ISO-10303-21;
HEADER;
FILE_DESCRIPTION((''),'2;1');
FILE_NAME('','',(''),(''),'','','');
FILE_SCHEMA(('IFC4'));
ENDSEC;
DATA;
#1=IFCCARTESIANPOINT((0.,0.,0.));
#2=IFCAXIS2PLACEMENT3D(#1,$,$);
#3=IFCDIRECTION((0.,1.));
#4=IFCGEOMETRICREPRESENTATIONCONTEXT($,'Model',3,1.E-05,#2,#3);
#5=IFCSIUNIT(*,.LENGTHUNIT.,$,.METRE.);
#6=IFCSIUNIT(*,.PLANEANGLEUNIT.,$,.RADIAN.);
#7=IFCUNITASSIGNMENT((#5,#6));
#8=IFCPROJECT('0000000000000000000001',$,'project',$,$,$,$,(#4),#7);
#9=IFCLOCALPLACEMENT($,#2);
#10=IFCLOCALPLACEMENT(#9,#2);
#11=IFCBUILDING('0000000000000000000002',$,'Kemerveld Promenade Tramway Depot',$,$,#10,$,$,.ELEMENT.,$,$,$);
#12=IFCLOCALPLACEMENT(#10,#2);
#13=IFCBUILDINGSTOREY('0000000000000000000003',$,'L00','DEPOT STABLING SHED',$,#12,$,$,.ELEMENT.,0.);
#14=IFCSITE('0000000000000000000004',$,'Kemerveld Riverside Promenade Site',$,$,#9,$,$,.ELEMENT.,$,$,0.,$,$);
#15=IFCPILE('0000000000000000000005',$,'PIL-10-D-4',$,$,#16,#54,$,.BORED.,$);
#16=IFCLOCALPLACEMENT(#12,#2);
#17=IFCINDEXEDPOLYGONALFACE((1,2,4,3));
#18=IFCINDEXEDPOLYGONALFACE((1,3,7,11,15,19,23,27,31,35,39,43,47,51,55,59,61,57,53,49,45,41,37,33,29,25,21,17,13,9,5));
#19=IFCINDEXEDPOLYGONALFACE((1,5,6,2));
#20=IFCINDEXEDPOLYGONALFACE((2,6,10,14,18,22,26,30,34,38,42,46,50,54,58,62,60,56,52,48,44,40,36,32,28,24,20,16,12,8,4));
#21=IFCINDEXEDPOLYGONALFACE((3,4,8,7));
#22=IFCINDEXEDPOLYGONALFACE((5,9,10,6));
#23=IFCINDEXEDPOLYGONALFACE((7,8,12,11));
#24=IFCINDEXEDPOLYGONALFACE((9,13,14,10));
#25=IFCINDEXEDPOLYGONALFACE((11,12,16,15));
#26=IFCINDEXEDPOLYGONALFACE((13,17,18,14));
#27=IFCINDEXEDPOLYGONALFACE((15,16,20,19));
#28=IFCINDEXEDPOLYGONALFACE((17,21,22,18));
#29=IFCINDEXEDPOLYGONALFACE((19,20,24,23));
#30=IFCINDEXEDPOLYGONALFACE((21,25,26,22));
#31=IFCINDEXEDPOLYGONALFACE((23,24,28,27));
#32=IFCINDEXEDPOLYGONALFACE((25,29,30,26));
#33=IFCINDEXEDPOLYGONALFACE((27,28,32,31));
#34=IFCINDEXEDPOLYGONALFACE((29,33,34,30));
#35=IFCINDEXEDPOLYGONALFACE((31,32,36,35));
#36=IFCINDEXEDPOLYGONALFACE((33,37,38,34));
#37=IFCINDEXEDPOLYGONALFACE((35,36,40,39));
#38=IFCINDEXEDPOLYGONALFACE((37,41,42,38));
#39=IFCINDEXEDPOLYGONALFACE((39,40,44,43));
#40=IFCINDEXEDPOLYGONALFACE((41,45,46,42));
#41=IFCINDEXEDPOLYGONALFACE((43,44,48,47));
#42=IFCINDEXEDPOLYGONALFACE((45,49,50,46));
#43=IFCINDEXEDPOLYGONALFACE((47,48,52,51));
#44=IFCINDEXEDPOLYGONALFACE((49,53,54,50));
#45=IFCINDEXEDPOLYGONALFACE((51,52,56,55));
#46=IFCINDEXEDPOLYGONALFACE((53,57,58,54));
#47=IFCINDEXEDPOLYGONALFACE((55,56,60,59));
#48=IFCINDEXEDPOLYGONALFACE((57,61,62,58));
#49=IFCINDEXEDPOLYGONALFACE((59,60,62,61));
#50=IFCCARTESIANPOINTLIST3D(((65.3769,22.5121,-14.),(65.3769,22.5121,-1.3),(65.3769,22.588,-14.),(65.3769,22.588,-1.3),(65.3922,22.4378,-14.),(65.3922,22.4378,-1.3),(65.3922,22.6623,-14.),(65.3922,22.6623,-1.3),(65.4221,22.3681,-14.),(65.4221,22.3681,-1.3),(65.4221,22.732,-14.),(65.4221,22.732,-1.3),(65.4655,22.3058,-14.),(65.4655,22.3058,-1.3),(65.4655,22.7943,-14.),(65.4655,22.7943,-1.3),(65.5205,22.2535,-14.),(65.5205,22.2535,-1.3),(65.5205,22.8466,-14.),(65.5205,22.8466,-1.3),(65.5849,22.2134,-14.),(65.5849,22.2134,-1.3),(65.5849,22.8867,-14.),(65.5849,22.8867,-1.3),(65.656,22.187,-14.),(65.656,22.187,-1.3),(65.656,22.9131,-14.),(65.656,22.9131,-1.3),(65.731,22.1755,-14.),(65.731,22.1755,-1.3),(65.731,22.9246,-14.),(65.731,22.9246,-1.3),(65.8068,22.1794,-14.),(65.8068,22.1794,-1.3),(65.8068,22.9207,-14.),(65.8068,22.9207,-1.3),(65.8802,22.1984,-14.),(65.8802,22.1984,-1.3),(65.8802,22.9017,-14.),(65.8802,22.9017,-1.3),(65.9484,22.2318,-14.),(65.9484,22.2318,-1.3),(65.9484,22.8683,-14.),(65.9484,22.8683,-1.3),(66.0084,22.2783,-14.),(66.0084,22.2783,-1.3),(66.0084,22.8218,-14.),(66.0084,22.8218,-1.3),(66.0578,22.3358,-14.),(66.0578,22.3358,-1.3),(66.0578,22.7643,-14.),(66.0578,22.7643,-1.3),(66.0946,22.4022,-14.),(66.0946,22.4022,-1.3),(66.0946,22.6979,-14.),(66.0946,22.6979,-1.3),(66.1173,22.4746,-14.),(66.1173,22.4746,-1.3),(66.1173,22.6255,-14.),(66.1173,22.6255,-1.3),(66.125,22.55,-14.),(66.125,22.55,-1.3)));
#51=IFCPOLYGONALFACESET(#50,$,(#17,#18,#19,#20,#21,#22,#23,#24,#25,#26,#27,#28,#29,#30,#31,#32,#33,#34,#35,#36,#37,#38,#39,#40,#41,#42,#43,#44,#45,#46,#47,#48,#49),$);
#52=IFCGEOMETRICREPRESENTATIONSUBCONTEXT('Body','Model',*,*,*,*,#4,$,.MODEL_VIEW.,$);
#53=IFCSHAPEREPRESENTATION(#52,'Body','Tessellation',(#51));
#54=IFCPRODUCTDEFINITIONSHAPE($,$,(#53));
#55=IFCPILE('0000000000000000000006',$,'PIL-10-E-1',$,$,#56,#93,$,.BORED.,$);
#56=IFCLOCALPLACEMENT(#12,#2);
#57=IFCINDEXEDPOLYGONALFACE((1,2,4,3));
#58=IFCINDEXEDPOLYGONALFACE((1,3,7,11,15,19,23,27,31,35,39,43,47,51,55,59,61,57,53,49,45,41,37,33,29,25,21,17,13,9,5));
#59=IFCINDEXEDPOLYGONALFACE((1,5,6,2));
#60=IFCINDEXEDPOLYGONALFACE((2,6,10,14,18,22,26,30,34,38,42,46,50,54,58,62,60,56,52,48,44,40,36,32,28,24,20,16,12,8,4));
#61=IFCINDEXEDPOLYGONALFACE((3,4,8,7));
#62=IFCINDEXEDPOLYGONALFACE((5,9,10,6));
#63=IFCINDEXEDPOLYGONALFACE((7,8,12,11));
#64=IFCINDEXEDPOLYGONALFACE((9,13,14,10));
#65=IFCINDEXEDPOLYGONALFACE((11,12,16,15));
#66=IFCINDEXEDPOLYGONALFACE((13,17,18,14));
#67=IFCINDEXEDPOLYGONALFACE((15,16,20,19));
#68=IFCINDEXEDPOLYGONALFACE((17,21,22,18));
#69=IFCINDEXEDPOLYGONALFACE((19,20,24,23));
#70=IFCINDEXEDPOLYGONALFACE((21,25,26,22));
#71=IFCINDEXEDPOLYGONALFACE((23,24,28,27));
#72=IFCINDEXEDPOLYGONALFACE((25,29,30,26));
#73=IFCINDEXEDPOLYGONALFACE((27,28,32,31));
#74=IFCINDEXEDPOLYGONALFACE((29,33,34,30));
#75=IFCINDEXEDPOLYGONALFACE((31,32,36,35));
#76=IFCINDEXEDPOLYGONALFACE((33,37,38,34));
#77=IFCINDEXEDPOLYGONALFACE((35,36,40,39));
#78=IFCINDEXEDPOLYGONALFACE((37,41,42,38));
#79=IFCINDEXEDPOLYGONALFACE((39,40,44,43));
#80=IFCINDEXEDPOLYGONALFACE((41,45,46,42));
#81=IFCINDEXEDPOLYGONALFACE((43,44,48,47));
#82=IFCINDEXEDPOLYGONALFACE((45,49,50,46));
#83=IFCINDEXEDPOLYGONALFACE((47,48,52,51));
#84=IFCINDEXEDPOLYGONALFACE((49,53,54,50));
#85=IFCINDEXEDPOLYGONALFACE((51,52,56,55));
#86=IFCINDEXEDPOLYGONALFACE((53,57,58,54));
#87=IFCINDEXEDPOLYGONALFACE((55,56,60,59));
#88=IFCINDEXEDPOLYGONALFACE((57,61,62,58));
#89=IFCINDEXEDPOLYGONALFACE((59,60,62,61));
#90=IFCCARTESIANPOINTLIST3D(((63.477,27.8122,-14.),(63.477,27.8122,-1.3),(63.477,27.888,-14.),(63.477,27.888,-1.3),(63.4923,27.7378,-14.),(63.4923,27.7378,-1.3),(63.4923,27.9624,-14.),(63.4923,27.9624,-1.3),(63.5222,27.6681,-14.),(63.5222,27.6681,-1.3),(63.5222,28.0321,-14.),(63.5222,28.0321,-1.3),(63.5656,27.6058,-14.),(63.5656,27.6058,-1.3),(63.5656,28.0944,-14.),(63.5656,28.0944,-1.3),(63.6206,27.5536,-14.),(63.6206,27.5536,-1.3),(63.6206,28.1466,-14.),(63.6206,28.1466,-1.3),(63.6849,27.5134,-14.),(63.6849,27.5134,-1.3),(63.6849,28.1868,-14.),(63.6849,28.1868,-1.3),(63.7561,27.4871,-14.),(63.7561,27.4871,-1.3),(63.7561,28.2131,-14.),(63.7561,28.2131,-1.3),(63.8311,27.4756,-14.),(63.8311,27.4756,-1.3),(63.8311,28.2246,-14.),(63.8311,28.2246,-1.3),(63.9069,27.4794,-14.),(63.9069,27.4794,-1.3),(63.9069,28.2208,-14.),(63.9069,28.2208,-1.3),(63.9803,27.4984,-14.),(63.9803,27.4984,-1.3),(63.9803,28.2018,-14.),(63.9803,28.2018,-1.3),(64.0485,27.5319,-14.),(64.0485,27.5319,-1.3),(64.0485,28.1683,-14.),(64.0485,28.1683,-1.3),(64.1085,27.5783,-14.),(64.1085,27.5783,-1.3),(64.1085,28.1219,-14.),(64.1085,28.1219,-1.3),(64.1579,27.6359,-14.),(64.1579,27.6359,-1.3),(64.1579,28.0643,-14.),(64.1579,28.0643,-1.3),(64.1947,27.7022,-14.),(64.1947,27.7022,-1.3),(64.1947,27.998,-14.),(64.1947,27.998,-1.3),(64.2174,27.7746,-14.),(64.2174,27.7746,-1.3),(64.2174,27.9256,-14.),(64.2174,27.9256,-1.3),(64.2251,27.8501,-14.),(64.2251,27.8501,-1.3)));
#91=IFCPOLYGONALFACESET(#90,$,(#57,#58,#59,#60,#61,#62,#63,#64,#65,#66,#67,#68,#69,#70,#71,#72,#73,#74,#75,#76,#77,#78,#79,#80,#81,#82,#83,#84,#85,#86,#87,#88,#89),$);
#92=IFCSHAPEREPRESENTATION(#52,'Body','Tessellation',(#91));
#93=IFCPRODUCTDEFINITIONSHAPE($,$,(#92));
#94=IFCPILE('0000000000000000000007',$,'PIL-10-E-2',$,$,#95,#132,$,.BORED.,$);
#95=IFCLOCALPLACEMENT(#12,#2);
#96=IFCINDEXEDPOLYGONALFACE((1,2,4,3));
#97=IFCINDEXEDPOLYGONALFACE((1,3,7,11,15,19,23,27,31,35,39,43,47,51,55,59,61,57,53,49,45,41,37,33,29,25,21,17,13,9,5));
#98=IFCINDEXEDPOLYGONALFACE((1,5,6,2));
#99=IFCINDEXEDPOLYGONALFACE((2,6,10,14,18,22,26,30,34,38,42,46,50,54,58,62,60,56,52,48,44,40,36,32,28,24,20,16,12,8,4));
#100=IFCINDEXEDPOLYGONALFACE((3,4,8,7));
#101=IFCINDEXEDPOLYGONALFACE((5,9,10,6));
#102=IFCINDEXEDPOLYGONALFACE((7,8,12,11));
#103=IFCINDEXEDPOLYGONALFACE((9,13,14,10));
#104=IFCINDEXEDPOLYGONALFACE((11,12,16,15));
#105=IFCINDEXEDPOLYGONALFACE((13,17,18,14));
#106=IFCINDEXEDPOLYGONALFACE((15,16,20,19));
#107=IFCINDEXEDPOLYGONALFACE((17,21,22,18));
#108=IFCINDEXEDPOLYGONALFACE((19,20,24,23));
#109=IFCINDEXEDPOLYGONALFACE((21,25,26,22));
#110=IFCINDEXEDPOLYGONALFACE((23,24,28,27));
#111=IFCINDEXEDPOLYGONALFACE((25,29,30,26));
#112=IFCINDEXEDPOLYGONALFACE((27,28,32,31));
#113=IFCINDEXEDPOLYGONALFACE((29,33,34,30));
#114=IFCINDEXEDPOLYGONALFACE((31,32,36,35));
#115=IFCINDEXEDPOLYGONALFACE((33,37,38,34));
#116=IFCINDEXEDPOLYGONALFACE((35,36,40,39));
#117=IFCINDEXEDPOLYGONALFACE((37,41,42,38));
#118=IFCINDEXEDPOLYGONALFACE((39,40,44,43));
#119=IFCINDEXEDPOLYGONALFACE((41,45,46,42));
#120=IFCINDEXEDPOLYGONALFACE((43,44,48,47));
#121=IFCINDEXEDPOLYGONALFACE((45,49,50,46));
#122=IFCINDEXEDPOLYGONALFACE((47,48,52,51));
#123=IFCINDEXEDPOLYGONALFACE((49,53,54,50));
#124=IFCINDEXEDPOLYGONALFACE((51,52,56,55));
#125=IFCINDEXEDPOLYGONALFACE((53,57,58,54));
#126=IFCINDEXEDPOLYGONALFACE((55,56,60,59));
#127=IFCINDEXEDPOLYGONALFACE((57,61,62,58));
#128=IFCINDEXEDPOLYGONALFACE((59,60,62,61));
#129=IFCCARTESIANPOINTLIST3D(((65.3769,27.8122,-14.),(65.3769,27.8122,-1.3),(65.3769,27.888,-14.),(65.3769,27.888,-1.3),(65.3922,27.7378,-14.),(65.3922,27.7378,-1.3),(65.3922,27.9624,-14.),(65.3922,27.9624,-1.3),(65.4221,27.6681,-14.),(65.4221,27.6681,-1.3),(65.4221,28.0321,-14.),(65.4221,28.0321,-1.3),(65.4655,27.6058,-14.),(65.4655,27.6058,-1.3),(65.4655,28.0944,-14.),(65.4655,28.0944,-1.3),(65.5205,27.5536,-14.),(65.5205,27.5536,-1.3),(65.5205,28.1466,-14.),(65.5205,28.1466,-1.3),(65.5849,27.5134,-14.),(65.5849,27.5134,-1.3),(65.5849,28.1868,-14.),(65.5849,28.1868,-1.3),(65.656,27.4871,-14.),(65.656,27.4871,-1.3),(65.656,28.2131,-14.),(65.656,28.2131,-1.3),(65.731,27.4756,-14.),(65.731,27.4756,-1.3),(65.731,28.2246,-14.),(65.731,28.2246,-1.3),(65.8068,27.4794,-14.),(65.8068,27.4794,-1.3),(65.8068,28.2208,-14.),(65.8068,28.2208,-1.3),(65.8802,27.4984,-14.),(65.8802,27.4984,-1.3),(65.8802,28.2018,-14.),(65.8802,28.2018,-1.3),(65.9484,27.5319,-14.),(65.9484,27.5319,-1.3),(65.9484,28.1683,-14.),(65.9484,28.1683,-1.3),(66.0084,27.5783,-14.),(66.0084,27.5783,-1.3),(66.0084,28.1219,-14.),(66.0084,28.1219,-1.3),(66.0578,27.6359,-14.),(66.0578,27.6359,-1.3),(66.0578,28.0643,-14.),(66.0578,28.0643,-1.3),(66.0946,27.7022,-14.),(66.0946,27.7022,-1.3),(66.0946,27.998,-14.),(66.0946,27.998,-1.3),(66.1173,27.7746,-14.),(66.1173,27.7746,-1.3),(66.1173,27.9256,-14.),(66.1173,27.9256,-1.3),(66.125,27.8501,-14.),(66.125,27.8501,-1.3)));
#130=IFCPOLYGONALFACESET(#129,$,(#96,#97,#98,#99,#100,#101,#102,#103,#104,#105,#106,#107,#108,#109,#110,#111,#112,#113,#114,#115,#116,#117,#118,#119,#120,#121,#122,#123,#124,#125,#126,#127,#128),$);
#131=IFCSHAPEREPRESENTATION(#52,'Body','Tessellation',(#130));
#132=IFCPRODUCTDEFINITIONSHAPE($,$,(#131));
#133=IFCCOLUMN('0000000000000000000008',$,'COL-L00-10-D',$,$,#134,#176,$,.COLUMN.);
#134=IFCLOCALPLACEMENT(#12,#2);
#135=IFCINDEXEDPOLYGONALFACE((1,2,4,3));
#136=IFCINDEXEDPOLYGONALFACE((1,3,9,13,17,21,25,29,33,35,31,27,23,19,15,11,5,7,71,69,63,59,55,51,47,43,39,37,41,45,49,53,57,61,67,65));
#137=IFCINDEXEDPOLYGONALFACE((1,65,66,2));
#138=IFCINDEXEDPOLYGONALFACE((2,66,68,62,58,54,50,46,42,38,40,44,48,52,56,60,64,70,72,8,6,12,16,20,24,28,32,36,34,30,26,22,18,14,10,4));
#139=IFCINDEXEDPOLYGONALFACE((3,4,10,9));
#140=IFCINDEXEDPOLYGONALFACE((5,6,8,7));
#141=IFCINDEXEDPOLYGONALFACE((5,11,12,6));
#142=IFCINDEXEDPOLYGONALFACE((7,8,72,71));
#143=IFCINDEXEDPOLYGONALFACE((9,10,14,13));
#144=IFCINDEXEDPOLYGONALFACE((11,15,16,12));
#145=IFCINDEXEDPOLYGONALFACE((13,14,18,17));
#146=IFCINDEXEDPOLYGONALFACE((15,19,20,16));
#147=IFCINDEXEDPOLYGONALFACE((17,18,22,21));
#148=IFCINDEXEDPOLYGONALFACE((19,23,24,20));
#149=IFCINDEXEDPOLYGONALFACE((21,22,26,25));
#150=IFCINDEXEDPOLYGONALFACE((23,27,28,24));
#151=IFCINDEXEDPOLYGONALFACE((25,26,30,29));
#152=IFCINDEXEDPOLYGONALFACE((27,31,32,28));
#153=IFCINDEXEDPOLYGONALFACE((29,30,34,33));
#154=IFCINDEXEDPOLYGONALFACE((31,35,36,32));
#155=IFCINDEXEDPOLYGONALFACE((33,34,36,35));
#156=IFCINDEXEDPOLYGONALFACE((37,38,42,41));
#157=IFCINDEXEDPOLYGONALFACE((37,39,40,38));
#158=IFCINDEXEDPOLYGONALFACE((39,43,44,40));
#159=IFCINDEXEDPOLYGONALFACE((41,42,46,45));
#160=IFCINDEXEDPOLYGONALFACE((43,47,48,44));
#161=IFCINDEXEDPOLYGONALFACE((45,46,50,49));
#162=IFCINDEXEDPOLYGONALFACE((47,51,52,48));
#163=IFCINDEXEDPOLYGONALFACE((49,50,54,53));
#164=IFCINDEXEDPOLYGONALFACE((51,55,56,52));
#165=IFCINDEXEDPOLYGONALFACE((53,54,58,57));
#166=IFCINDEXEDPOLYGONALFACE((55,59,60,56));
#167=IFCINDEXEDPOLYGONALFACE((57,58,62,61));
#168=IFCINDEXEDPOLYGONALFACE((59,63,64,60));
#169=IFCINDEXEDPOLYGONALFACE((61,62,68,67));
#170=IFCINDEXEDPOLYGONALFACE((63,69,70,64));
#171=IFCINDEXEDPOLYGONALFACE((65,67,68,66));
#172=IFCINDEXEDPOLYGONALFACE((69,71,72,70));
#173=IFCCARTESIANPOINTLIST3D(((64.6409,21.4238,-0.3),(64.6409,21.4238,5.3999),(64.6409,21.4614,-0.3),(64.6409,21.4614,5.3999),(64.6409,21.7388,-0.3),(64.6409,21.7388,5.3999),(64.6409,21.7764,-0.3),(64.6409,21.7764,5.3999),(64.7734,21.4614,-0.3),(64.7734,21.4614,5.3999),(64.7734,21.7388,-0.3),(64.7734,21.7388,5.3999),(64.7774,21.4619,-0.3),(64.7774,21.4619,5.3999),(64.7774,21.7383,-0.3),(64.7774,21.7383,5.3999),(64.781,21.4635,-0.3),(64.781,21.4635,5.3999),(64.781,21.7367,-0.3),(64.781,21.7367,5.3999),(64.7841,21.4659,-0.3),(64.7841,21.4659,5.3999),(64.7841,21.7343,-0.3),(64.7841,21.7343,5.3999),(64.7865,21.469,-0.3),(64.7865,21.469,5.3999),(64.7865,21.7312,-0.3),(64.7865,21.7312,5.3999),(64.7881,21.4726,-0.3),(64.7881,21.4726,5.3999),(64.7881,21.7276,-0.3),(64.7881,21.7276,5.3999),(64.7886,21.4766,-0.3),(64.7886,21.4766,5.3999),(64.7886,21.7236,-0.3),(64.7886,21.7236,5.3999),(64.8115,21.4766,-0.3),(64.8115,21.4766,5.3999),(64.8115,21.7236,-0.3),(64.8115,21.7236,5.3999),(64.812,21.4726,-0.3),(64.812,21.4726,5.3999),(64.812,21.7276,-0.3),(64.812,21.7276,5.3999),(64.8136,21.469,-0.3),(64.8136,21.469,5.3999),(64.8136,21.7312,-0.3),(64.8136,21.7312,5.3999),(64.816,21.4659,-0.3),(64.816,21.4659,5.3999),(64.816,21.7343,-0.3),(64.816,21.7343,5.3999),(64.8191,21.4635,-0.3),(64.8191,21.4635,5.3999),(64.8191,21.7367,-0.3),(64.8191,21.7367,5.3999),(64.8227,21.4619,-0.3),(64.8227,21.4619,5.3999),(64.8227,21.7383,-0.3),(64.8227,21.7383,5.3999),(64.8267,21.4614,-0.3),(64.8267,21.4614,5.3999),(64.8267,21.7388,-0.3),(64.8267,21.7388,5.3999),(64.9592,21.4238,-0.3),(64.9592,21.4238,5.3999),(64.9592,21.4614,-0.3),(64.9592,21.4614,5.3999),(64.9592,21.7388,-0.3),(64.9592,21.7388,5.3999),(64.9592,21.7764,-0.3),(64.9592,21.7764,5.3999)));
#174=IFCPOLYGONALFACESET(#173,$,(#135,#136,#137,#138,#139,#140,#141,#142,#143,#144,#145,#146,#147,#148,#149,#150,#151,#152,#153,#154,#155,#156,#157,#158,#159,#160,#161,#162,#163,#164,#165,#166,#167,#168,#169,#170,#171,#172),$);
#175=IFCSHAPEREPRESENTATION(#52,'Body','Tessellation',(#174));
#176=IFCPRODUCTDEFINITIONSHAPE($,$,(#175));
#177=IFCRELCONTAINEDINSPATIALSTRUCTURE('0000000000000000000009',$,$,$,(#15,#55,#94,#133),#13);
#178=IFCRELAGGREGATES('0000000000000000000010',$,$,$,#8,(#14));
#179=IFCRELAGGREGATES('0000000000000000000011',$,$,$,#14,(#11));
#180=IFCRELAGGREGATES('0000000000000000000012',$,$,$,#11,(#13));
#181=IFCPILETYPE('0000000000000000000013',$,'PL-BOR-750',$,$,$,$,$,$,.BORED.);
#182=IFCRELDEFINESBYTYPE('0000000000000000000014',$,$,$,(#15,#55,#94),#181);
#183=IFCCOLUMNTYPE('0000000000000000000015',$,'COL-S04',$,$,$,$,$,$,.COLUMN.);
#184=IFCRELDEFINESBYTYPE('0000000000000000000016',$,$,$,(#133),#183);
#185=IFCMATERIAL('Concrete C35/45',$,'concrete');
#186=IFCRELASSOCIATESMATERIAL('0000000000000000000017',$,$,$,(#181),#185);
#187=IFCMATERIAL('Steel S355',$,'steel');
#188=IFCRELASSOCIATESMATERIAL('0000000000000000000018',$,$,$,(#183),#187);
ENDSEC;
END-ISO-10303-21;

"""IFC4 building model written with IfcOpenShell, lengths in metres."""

from ifc_helpers import new_model, si_unit, direction, frame, origin, origin_2d, place, context, subcontext, project, spatial, circle, i_section, extrude, material, material_profile, profile_set, type_object, element, save


model = new_model("IFC4")

# Units and contexts
model_context = context("Model", 3, precision=1e-05, world=origin(), true_north=direction((0.0, 1.0)))
body_context = subcontext(model_context, "Body", "Model", "MODEL_VIEW")
ifc_project = project(units=[si_unit("LENGTHUNIT", "METRE"), si_unit("PLANEANGLEUNIT", "RADIAN")], contexts=[model_context])

# Site, building, storey
site_placement = place(None, origin())
site = spatial("IfcSite", under=ifc_project, at=site_placement, Name="Kemerveld Riverside Promenade Site", CompositionType="ELEMENT", RefElevation=0.0)
building_placement = place(site_placement, origin())
building = spatial("IfcBuilding", under=site, at=building_placement, Name="Kemerveld Promenade Tramway Depot", CompositionType="ELEMENT")
storey_placement = place(building_placement, origin())
storey = spatial("IfcBuildingStorey", under=building, at=storey_placement, Name="L00", Description="DEPOT STABLING SHED", CompositionType="ELEMENT", Elevation=0.0)

# Shared definitions
ifc_material_1 = material(Name="Concrete C35/45", Category="concrete")

# Piles
ifc_material_profile_1 = material_profile(ifc_material_1, circle(Radius=0.375, at=origin_2d()), Name="PILE-D750")
ifc_profile_set_1 = profile_set([ifc_material_profile_1], Name="Concrete C35/45")
pile_type = type_object("IfcPileType", Name="PL-BOR-750", PredefinedType="BORED", material=ifc_profile_set_1)
for number, where, z_axis, x_axis, name in (
    (1, (65.75, 22.55, -1.3), (0.0, 0.0, -1.0), (1.0, 0.0, 0.0), "PIL-10-D-4"),
    (2, (63.8501, 27.8501, -1.3), (0.0, 0.0, -1.0), (1.0, 0.0, 0.0), "PIL-10-E-1"),
    (3, (65.75, 27.8501, -1.3), (0.0, 0.0, -1.0), (1.0, 0.0, 0.0), "PIL-10-E-2"),
):
    element("IfcPile", number, at=place(storey_placement, frame(where, z_axis=z_axis, x_axis=x_axis)), inside=storey, type_object=pile_type, Name=name, PredefinedType="BORED", context=body_context, shape_type="SweptSolid", body=[
        extrude(circle(Radius=0.375, at=origin_2d()), origin(), (0.0, 0.0, 1.0), 12.7),
    ])

# Column
ifc_material_2 = material(Name="Steel S355", Category="steel")
ifc_material_profile_2 = material_profile(ifc_material_2, i_section(OverallWidth=0.3184, OverallDepth=0.3525, WebThickness=0.0229, FlangeThickness=0.0376, FilletRadius=0.0151, at=origin_2d()), Name="305x305x240 UC")
ifc_profile_set_2 = profile_set([ifc_material_profile_2], Name="Steel S355")
column_type = type_object("IfcColumnType", Name="COL-S04", PredefinedType="COLUMN", material=ifc_profile_set_2)
for number, where, z_axis, x_axis, name in (
    (4, (64.8, 21.6001, -0.3), (0.0, 0.0, 1.0), (1.0, 0.0, 0.0), "COL-L00-10-D"),
):
    element("IfcColumn", number, at=place(storey_placement, frame(where, z_axis=z_axis, x_axis=x_axis)), inside=storey, type_object=column_type, Name=name, PredefinedType="COLUMN", context=body_context, shape_type="SweptSolid", body=[
        extrude(i_section(OverallWidth=0.3184, OverallDepth=0.3525, WebThickness=0.0229, FlangeThickness=0.0376, FilletRadius=0.0151, at=origin_2d()), origin(), (0.0, 0.0, 1.0), 5.7),
    ])

save(model, "model.ifc")
